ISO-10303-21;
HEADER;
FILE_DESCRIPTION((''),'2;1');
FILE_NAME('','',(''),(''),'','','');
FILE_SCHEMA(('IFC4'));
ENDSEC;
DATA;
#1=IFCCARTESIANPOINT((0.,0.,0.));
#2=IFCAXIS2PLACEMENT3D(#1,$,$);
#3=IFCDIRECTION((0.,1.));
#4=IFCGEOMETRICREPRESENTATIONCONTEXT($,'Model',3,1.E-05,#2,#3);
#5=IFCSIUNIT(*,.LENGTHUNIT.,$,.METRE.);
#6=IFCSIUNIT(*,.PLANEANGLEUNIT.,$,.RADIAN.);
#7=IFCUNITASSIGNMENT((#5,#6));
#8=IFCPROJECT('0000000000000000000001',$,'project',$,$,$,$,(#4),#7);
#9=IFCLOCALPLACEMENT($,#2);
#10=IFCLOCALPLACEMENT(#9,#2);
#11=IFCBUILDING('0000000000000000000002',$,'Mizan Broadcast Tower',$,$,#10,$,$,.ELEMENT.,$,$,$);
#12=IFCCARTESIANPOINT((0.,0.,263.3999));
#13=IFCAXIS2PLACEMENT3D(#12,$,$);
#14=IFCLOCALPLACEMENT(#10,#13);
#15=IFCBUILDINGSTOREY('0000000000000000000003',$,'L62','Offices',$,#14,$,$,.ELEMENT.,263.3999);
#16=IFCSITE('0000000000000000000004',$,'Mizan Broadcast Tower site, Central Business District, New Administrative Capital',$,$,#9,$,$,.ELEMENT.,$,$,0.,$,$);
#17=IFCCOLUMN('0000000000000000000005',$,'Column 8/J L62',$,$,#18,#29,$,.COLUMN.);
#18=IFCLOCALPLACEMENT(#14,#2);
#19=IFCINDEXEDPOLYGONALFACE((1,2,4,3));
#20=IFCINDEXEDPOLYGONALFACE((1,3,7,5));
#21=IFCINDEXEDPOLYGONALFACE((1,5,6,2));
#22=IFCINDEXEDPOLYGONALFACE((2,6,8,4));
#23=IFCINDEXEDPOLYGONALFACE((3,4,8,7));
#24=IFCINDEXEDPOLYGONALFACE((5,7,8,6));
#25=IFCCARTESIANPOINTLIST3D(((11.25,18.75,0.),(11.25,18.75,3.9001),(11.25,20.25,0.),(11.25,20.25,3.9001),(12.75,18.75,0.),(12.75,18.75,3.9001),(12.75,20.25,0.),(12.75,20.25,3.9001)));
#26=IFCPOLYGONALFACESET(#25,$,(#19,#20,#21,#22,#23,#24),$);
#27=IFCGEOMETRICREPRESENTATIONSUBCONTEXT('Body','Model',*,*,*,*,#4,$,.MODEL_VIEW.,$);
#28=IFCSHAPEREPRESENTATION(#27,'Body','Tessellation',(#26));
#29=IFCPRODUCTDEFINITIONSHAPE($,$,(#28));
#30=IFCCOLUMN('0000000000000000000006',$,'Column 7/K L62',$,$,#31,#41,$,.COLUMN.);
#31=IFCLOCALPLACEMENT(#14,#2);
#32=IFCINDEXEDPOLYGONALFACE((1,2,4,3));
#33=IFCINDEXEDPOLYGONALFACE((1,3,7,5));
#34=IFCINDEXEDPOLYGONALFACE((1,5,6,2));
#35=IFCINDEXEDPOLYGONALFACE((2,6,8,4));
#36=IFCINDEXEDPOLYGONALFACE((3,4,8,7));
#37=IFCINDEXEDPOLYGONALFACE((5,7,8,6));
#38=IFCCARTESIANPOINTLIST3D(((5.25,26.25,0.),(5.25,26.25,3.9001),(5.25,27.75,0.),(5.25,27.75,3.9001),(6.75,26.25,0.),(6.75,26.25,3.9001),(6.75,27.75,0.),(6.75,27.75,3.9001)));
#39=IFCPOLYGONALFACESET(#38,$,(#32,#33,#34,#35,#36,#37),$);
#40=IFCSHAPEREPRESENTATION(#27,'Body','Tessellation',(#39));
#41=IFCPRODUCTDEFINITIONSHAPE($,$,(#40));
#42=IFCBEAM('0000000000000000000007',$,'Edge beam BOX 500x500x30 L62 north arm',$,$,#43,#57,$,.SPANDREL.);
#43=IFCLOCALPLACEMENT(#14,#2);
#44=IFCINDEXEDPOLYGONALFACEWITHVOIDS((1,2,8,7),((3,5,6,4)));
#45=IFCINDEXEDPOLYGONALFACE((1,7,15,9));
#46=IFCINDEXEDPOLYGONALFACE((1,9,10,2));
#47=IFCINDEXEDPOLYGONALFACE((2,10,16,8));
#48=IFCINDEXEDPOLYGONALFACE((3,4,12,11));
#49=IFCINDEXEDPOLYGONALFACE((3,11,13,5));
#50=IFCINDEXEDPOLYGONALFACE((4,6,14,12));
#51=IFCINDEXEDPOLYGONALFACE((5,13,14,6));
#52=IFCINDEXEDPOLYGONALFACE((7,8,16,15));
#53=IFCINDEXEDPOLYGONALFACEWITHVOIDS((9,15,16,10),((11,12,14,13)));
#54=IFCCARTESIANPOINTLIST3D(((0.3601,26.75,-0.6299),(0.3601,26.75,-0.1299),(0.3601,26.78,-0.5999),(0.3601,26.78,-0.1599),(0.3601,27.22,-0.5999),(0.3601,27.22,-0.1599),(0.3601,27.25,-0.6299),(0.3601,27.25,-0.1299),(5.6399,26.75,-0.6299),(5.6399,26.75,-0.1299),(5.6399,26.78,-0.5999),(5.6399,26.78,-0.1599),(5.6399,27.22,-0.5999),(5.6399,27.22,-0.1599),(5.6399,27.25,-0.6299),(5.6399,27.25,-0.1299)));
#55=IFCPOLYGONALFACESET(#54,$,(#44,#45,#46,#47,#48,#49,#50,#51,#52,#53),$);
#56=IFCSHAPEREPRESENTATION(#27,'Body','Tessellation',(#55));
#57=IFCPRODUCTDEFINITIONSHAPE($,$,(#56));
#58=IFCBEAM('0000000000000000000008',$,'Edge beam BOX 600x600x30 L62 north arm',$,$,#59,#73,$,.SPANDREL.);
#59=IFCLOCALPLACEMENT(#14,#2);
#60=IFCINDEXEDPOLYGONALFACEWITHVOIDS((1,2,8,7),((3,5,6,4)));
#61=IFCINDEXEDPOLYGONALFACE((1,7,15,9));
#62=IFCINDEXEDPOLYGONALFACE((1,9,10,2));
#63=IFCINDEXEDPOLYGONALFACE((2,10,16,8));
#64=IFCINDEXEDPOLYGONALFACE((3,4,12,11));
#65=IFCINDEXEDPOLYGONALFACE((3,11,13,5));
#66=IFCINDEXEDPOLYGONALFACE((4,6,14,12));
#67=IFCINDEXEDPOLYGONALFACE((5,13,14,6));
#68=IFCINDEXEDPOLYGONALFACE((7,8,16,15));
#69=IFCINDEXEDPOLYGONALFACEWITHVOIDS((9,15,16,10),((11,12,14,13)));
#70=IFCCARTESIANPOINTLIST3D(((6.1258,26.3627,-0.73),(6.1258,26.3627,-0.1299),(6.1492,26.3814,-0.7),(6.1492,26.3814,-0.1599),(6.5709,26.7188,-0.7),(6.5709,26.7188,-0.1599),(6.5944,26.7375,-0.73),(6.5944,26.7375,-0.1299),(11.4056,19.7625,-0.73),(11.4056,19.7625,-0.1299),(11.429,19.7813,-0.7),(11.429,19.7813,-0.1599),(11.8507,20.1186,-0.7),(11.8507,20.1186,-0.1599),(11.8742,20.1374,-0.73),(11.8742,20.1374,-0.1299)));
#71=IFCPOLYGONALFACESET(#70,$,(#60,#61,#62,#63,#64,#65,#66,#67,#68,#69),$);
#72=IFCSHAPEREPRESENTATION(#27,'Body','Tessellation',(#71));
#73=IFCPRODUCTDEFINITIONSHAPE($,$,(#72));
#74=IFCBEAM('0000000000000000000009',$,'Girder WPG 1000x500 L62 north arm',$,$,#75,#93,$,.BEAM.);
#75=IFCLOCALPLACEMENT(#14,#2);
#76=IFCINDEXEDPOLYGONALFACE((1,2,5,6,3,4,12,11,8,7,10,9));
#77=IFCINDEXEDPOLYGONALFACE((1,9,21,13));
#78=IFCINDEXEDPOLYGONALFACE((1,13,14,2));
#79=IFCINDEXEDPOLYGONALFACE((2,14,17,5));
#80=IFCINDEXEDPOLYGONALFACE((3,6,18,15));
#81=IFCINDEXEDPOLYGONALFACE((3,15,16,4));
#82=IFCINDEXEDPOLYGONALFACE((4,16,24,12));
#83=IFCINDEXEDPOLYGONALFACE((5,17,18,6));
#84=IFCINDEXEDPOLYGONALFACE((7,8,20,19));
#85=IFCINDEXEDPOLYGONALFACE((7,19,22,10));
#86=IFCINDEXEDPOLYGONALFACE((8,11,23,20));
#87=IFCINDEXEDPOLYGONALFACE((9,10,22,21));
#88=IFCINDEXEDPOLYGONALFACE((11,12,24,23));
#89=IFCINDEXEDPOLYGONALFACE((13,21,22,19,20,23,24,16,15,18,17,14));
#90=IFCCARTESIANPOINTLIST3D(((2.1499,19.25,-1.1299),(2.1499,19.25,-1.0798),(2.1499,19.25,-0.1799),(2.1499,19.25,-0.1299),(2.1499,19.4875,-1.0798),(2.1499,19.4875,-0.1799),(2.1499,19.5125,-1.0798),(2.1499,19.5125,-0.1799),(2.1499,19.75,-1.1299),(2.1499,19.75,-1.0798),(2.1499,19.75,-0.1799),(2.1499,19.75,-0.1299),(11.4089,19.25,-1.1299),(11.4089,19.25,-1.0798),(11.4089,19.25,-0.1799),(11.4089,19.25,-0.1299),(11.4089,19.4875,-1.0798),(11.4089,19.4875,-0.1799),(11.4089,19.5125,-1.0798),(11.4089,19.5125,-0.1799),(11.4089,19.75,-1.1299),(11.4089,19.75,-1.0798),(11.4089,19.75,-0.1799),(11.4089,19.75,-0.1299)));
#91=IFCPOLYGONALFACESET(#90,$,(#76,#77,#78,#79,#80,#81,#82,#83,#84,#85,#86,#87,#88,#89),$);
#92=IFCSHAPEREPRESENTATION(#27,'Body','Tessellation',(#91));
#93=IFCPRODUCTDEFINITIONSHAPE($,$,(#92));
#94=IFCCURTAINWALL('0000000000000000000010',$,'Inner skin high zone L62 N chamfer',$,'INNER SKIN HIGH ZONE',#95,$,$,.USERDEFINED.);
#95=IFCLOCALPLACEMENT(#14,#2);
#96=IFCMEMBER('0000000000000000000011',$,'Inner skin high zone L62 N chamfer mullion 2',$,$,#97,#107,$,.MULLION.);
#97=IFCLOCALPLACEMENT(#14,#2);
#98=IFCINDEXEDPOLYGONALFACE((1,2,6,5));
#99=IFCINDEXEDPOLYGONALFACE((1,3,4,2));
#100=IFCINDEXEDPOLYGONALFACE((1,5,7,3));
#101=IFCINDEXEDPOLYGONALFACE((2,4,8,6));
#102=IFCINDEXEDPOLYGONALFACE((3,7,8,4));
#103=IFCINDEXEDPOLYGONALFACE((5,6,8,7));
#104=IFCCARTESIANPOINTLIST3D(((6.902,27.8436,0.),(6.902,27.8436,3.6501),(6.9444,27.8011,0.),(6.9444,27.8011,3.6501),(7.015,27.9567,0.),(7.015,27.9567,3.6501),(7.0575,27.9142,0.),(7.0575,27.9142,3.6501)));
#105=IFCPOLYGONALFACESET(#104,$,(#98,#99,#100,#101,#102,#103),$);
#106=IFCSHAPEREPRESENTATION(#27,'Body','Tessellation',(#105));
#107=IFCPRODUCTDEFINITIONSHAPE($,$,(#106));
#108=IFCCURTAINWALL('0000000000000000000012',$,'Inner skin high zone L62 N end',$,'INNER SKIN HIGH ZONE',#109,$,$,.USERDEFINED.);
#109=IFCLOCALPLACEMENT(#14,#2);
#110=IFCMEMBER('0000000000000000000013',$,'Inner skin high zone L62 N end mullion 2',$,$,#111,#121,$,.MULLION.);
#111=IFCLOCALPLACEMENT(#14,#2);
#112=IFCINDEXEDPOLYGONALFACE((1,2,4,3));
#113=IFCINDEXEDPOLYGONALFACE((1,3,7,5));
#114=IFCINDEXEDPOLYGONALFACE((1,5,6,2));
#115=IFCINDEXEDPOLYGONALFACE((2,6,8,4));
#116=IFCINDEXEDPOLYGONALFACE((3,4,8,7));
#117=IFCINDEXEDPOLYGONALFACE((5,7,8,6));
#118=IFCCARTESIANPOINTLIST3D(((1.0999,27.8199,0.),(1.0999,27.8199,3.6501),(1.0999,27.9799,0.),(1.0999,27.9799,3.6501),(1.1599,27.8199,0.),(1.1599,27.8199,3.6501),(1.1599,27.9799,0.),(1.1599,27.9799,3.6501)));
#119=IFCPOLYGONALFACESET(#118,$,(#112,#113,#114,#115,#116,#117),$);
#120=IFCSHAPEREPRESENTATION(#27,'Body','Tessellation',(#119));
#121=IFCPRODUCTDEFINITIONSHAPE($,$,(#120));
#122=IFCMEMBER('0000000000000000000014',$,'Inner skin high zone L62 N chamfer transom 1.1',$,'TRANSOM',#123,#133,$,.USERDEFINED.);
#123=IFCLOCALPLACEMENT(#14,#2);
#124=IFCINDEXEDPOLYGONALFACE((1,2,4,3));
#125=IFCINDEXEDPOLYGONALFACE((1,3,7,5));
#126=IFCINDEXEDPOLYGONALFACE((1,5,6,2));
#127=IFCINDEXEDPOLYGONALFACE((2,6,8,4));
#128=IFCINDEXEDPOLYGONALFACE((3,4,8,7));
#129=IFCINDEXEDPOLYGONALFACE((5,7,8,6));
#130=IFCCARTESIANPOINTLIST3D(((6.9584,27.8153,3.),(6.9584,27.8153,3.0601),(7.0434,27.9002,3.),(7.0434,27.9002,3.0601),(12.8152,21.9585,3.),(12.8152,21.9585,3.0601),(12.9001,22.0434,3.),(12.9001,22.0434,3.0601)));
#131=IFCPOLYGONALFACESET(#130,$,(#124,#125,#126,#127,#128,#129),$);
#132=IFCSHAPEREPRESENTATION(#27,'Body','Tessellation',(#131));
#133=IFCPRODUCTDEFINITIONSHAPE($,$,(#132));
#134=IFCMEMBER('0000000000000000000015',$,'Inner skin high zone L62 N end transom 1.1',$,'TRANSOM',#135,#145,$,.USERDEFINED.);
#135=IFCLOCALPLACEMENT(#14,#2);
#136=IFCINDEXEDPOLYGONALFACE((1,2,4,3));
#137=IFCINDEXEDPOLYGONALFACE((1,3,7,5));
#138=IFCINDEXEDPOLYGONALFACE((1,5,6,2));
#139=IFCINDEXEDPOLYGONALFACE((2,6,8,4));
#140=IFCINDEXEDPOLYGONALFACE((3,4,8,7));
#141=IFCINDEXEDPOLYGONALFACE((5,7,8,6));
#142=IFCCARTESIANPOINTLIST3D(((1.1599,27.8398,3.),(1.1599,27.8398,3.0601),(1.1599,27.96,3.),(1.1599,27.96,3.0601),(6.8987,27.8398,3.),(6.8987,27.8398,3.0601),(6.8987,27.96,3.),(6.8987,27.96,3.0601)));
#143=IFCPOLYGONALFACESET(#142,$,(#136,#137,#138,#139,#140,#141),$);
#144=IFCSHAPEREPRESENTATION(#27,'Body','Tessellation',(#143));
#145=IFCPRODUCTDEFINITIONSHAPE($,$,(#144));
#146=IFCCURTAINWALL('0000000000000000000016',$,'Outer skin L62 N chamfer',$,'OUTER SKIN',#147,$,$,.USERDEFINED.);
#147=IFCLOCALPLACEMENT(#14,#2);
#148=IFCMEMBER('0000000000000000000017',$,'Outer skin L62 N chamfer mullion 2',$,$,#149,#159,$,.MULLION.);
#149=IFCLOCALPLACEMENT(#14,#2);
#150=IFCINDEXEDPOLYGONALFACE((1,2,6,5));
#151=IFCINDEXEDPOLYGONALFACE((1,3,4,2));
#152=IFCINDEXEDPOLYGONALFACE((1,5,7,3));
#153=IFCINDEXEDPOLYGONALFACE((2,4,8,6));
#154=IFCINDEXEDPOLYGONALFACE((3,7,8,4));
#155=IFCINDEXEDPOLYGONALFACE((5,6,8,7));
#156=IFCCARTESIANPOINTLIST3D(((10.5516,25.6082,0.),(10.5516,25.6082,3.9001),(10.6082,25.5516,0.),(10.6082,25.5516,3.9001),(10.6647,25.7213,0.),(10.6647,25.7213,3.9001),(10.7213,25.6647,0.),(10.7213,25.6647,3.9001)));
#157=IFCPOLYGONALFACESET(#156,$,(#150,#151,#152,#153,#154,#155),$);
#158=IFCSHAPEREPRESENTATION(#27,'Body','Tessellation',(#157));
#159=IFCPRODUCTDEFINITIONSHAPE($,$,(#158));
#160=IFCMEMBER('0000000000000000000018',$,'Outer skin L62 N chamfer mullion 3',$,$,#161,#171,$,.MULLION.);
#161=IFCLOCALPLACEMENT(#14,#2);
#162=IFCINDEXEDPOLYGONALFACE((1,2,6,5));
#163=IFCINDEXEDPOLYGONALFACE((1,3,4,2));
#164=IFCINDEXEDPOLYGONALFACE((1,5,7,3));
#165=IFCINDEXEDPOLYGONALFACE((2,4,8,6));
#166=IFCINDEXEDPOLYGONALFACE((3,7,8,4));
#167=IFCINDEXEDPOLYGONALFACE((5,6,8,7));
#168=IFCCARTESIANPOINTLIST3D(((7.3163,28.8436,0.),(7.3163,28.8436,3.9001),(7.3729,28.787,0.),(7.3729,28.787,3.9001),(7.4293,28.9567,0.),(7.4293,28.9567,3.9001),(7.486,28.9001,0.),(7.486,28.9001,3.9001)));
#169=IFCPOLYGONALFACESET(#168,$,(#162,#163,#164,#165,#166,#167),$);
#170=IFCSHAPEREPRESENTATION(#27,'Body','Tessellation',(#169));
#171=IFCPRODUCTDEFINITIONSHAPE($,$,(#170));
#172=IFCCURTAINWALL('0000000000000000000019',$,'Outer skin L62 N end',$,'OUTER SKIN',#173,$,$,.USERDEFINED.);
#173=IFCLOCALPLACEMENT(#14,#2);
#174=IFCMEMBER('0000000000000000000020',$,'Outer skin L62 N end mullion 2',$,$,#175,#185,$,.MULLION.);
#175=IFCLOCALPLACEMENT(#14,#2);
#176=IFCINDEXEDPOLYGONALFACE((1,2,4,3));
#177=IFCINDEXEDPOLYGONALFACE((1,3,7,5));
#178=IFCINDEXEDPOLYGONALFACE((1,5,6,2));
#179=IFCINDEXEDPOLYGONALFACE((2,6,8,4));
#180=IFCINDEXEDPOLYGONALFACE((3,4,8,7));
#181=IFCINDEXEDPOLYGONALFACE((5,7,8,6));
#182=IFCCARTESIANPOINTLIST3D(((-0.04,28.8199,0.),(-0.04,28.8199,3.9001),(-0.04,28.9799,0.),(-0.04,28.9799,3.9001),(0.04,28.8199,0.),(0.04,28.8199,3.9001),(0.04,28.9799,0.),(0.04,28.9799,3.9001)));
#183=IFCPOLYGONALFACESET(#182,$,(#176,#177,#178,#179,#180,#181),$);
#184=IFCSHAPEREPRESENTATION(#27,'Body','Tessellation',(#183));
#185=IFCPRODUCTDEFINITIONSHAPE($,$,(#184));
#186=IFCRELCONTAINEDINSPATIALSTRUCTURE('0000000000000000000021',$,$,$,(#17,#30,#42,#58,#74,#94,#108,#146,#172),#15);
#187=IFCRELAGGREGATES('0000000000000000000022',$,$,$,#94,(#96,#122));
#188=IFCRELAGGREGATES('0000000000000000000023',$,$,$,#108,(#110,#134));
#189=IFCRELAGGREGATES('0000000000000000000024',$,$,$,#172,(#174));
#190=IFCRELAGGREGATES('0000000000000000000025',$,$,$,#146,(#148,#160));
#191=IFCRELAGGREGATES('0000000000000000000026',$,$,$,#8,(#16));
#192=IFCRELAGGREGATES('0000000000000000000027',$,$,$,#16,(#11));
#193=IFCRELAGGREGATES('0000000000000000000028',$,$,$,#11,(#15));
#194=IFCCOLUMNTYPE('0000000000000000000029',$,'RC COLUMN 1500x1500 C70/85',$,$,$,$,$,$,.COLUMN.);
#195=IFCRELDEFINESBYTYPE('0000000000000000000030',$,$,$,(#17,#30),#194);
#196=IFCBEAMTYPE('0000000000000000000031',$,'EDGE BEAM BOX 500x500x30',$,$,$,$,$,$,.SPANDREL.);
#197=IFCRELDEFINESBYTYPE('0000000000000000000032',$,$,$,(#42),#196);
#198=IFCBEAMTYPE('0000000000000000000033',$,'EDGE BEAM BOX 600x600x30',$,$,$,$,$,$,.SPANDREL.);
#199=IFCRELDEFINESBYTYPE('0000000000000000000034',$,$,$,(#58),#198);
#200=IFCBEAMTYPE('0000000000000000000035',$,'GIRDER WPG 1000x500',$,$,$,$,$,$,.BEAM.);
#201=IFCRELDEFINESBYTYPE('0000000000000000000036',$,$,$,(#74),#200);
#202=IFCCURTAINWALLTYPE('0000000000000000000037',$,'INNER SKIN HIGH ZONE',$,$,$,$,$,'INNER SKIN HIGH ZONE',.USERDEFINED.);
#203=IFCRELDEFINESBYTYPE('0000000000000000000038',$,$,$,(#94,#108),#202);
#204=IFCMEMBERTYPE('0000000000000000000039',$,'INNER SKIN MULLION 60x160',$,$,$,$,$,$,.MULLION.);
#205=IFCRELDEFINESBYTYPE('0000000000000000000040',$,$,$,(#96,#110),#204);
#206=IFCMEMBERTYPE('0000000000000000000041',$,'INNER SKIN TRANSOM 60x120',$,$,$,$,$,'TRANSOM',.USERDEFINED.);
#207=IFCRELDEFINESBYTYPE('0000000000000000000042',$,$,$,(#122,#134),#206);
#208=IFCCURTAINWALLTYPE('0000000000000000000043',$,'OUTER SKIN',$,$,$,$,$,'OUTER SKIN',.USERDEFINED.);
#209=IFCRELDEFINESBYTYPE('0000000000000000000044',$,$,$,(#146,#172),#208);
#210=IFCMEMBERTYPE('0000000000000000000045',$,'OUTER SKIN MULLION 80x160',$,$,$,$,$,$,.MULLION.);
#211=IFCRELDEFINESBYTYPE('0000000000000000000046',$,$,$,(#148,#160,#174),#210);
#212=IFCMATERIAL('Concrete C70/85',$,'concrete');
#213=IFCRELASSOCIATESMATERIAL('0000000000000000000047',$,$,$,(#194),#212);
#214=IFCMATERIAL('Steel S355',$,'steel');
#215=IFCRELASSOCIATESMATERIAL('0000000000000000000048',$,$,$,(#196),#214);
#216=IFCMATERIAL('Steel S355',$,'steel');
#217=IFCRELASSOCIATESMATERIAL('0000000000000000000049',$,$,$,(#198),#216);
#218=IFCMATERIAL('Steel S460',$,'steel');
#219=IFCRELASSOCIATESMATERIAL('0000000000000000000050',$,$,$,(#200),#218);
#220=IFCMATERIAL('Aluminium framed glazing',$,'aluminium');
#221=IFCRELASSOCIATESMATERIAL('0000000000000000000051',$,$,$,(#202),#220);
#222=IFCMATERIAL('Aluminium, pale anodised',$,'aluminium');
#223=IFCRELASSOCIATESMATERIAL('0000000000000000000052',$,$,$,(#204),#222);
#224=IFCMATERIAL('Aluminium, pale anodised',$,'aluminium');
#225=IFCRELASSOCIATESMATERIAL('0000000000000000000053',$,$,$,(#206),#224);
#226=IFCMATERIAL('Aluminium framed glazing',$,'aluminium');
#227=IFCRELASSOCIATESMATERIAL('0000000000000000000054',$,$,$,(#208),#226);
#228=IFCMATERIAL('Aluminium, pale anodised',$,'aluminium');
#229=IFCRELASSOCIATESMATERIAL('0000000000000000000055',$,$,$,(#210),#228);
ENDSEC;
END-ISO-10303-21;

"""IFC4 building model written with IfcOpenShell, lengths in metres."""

from ifc_helpers import new_model, si_unit, direction, frame, origin, origin_2d, place, context, subcontext, project, spatial, rectangle, hollow_rectangle, i_section, extrude, material, material_profile, profile_set, type_object, element, aggregate, save


model = new_model("IFC4")

# Units and contexts
model_context = context("Model", 3, precision=1e-05, world=origin(), true_north=direction((0.0, 1.0)))
body_context = subcontext(model_context, "Body", "Model", "MODEL_VIEW")
ifc_project = project(units=[si_unit("LENGTHUNIT", "METRE"), si_unit("PLANEANGLEUNIT", "RADIAN")], contexts=[model_context])

# Site, building, storey
site_placement = place(None, origin())
site = spatial("IfcSite", under=ifc_project, at=site_placement, Name="Mizan Broadcast Tower site, Central Business District, New Administrative Capital", CompositionType="ELEMENT", RefElevation=0.0)
building_placement = place(site_placement, origin())
building = spatial("IfcBuilding", under=site, at=building_placement, Name="Mizan Broadcast Tower", CompositionType="ELEMENT")
storey_placement = place(building_placement, frame((0.0, 0.0, 263.3999)))
storey = spatial("IfcBuildingStorey", under=building, at=storey_placement, Name="L62", Description="Offices", CompositionType="ELEMENT", Elevation=263.3999)

# Columns
ifc_material_1 = material(Name="Concrete C70/85", Category="concrete")
ifc_material_profile_1 = material_profile(ifc_material_1, rectangle(XDim=1.5, YDim=1.5, at=origin_2d()), Name="RC 1500x1500")
ifc_profile_set_1 = profile_set([ifc_material_profile_1], Name="Concrete C70/85")
column_type = type_object("IfcColumnType", Name="RC COLUMN 1500x1500 C70/85", PredefinedType="COLUMN", material=ifc_profile_set_1)
for number, where, z_axis, x_axis, name in (
    (1, (12.0, 19.5, 0.0), (0.0, 0.0, 1.0), (1.0, 0.0, 0.0), "Column 8/J L62"),
    (2, (6.0, 27.0, 0.0), (0.0, 0.0, 1.0), (1.0, 0.0, 0.0), "Column 7/K L62"),
):
    element("IfcColumn", number, at=place(storey_placement, frame(where, z_axis=z_axis, x_axis=x_axis)), inside=storey, type_object=column_type, Name=name, PredefinedType="COLUMN", context=body_context, shape_type="SweptSolid", body=[
        extrude(rectangle(XDim=1.5, YDim=1.5, at=origin_2d()), origin(), (0.0, 0.0, 1.0), 3.9001),
    ])

# Beams
ifc_material_2 = material(Name="Steel S355", Category="steel")
ifc_material_profile_2 = material_profile(ifc_material_2, hollow_rectangle(XDim=0.5, YDim=0.5, WallThickness=0.03, at=origin_2d()), Name="BOX 500x500x30")
ifc_profile_set_2 = profile_set([ifc_material_profile_2], Name="Steel S355")
beam_type_1 = type_object("IfcBeamType", Name="EDGE BEAM BOX 500x500x30", PredefinedType="SPANDREL", material=ifc_profile_set_2)
beam_1_placement = place(storey_placement, frame((5.6399, 27.0, -0.3799), z_axis=(-1.0, 0.0, 0.0), x_axis=(0.0, -1.0, 0.0)))
element("IfcBeam", 3, at=beam_1_placement, inside=storey, type_object=beam_type_1, Name="Edge beam BOX 500x500x30 L62 north arm", PredefinedType="SPANDREL", context=body_context, shape_type="SweptSolid", body=[
    extrude(hollow_rectangle(XDim=0.5, YDim=0.5, WallThickness=0.03, at=origin_2d()), origin(), (0.0, 0.0, 1.0), 5.2798),
])
ifc_material_3 = material(Name="Steel S355", Category="steel")
ifc_material_profile_3 = material_profile(ifc_material_3, hollow_rectangle(XDim=0.6001, YDim=0.6001, WallThickness=0.03, at=origin_2d()), Name="BOX 600x600x30")
ifc_profile_set_3 = profile_set([ifc_material_profile_3], Name="Steel S355")
beam_type_2 = type_object("IfcBeamType", Name="EDGE BEAM BOX 600x600x30", PredefinedType="SPANDREL", material=ifc_profile_set_3)
beam_2_placement = place(storey_placement, frame((11.6399, 19.95, -0.4299), z_axis=(-0.624674, 0.780886, 0.0), x_axis=(-0.780886, -0.624674, 0.0)))
element("IfcBeam", 4, at=beam_2_placement, inside=storey, type_object=beam_type_2, Name="Edge beam BOX 600x600x30 L62 north arm", PredefinedType="SPANDREL", context=body_context, shape_type="SweptSolid", body=[
    extrude(hollow_rectangle(XDim=0.6001, YDim=0.6001, WallThickness=0.03, at=origin_2d()), origin(), (0.0, 0.0, 1.0), 8.4521),
])
ifc_material_4 = material(Name="Steel S460", Category="steel")
ifc_material_profile_4 = material_profile(ifc_material_4, i_section(OverallWidth=0.5, OverallDepth=1.0, WebThickness=0.0249, FlangeThickness=0.05, at=origin_2d()), Name="WPG 1000x500")
ifc_profile_set_4 = profile_set([ifc_material_profile_4], Name="Steel S460")
beam_type_3 = type_object("IfcBeamType", Name="GIRDER WPG 1000x500", PredefinedType="BEAM", material=ifc_profile_set_4)
beam_3_placement = place(storey_placement, frame((11.4089, 19.5, -0.6299), z_axis=(-1.0, 0.0, 0.0), x_axis=(0.0, -1.0, 0.0)))
element("IfcBeam", 5, at=beam_3_placement, inside=storey, type_object=beam_type_3, Name="Girder WPG 1000x500 L62 north arm", PredefinedType="BEAM", context=body_context, shape_type="SweptSolid", body=[
    extrude(i_section(OverallWidth=0.5, OverallDepth=1.0, WebThickness=0.0249, FlangeThickness=0.05, at=origin_2d()), origin(), (0.0, 0.0, 1.0), 9.259),
])

# Curtain walls, members
ifc_material_5 = material(Name="Aluminium framed glazing", Category="aluminium")
curtain_wall_type_1 = type_object("IfcCurtainWallType", Name="INNER SKIN HIGH ZONE", ElementType="INNER SKIN HIGH ZONE", PredefinedType="USERDEFINED", material=ifc_material_5)
curtain_wall_1_placement = place(storey_placement, origin())
curtain_wall_1 = element("IfcCurtainWall", 6, at=curtain_wall_1_placement, inside=storey, type_object=curtain_wall_type_1, Name="Inner skin high zone L62 N chamfer", ObjectType="INNER SKIN HIGH ZONE", PredefinedType="USERDEFINED")
ifc_material_6 = material(Name="Aluminium, pale anodised", Category="aluminium")
ifc_material_profile_5 = material_profile(ifc_material_6, rectangle(XDim=0.1599, YDim=0.0601, at=origin_2d()), Name="MULLION 160x60")
ifc_profile_set_5 = profile_set([ifc_material_profile_5], Name="Aluminium, pale anodised")
member_type_1 = type_object("IfcMemberType", Name="INNER SKIN MULLION 60x160", PredefinedType="MULLION", material=ifc_profile_set_5)
member_1_placement = place(storey_placement, frame((6.9797, 27.8789, 0.0), z_axis=(0.0, 0.0, 1.0), x_axis=(-0.707107, -0.707107, 0.0)))
member_1 = element("IfcMember", 7, at=member_1_placement, type_object=member_type_1, Name="Inner skin high zone L62 N chamfer mullion 2", PredefinedType="MULLION", context=body_context, shape_type="SweptSolid", body=[
    extrude(rectangle(XDim=0.1599, YDim=0.0601, at=origin_2d()), origin(), (0.0, 0.0, 1.0), 3.6501),
])
curtain_wall_2_placement = place(storey_placement, origin())
curtain_wall_2 = element("IfcCurtainWall", 8, at=curtain_wall_2_placement, inside=storey, type_object=curtain_wall_type_1, Name="Inner skin high zone L62 N end", ObjectType="INNER SKIN HIGH ZONE", PredefinedType="USERDEFINED")
member_2_placement = place(storey_placement, frame((1.1299, 27.8999, 0.0), z_axis=(0.0, 0.0, 1.0), x_axis=(0.0, -1.0, 0.0)))
member_2 = element("IfcMember", 9, at=member_2_placement, type_object=member_type_1, Name="Inner skin high zone L62 N end mullion 2", PredefinedType="MULLION", context=body_context, shape_type="SweptSolid", body=[
    extrude(rectangle(XDim=0.1599, YDim=0.0601, at=origin_2d()), origin(), (0.0, 0.0, 1.0), 3.6501),
])

# Members
ifc_material_7 = material(Name="Aluminium, pale anodised", Category="aluminium")
ifc_material_profile_6 = material_profile(ifc_material_7, rectangle(XDim=0.1201, YDim=0.0601, at=origin_2d()), Name="TRANSOM 120x60")
ifc_profile_set_6 = profile_set([ifc_material_profile_6], Name="Aluminium, pale anodised")
member_type_2 = type_object("IfcMemberType", Name="INNER SKIN TRANSOM 60x120", ElementType="TRANSOM", PredefinedType="USERDEFINED", material=ifc_profile_set_6)
member_3_placement = place(storey_placement, frame((12.8577, 22.001, 3.03), z_axis=(-0.707107, 0.707107, 0.0), x_axis=(-0.707107, -0.707107, 0.0)))
member_3 = element("IfcMember", 10, at=member_3_placement, type_object=member_type_2, Name="Inner skin high zone L62 N chamfer transom 1.1", ObjectType="TRANSOM", PredefinedType="USERDEFINED", context=body_context, shape_type="SweptSolid", body=[
    extrude(rectangle(XDim=0.1201, YDim=0.0601, at=origin_2d()), origin(), (0.0, 0.0, 1.0), 8.2827),
])
member_4_placement = place(storey_placement, frame((6.8987, 27.8999, 3.03), z_axis=(-1.0, 0.0, 0.0), x_axis=(0.0, -1.0, 0.0)))
member_4 = element("IfcMember", 11, at=member_4_placement, type_object=member_type_2, Name="Inner skin high zone L62 N end transom 1.1", ObjectType="TRANSOM", PredefinedType="USERDEFINED", context=body_context, shape_type="SweptSolid", body=[
    extrude(rectangle(XDim=0.1201, YDim=0.0601, at=origin_2d()), origin(), (0.0, 0.0, 1.0), 5.7388),
])

# Curtain wall, members
ifc_material_8 = material(Name="Aluminium framed glazing", Category="aluminium")
curtain_wall_type_2 = type_object("IfcCurtainWallType", Name="OUTER SKIN", ElementType="OUTER SKIN", PredefinedType="USERDEFINED", material=ifc_material_8)
curtain_wall_3_placement = place(storey_placement, origin())
curtain_wall_3 = element("IfcCurtainWall", 12, at=curtain_wall_3_placement, inside=storey, type_object=curtain_wall_type_2, Name="Outer skin L62 N chamfer", ObjectType="OUTER SKIN", PredefinedType="USERDEFINED")
ifc_material_9 = material(Name="Aluminium, pale anodised", Category="aluminium")
ifc_material_profile_7 = material_profile(ifc_material_9, rectangle(XDim=0.1599, YDim=0.0801, at=origin_2d()), Name="MULLION 160x80")
ifc_profile_set_7 = profile_set([ifc_material_profile_7], Name="Aluminium, pale anodised")
member_type_3 = type_object("IfcMemberType", Name="OUTER SKIN MULLION 80x160", PredefinedType="MULLION", material=ifc_profile_set_7)
member_5_placement = place(storey_placement, frame((10.6365, 25.6365, 0.0), z_axis=(0.0, 0.0, 1.0), x_axis=(-0.707107, -0.707107, 0.0)))
member_5 = element("IfcMember", 13, at=member_5_placement, type_object=member_type_3, Name="Outer skin L62 N chamfer mullion 2", PredefinedType="MULLION", context=body_context, shape_type="SweptSolid", body=[
    extrude(rectangle(XDim=0.1599, YDim=0.0801, at=origin_2d()), origin(), (0.0, 0.0, 1.0), 3.9001),
])
member_6_placement = place(storey_placement, frame((7.4011, 28.8718, 0.0), z_axis=(0.0, 0.0, 1.0), x_axis=(-0.707107, -0.707107, 0.0)))
member_6 = element("IfcMember", 14, at=member_6_placement, type_object=member_type_3, Name="Outer skin L62 N chamfer mullion 3", PredefinedType="MULLION", context=body_context, shape_type="SweptSolid", body=[
    extrude(rectangle(XDim=0.1599, YDim=0.0801, at=origin_2d()), origin(), (0.0, 0.0, 1.0), 3.9001),
])

# Curtain wall, member
curtain_wall_4_placement = place(storey_placement, origin())
curtain_wall_4 = element("IfcCurtainWall", 15, at=curtain_wall_4_placement, inside=storey, type_object=curtain_wall_type_2, Name="Outer skin L62 N end", ObjectType="OUTER SKIN", PredefinedType="USERDEFINED")
member_7_placement = place(storey_placement, frame((0.0, 28.8999, 0.0), z_axis=(0.0, 0.0, 1.0), x_axis=(0.0, -1.0, 0.0)))
member_7 = element("IfcMember", 16, at=member_7_placement, type_object=member_type_3, Name="Outer skin L62 N end mullion 2", PredefinedType="MULLION", context=body_context, shape_type="SweptSolid", body=[
    extrude(rectangle(XDim=0.1599, YDim=0.0801, at=origin_2d()), origin(), (0.0, 0.0, 1.0), 3.9001),
])

aggregate(curtain_wall_1, [member_1, member_3])
aggregate(curtain_wall_2, [member_2, member_4])
aggregate(curtain_wall_4, [member_7])
aggregate(curtain_wall_3, [member_5, member_6])

save(model, "model.ifc")
